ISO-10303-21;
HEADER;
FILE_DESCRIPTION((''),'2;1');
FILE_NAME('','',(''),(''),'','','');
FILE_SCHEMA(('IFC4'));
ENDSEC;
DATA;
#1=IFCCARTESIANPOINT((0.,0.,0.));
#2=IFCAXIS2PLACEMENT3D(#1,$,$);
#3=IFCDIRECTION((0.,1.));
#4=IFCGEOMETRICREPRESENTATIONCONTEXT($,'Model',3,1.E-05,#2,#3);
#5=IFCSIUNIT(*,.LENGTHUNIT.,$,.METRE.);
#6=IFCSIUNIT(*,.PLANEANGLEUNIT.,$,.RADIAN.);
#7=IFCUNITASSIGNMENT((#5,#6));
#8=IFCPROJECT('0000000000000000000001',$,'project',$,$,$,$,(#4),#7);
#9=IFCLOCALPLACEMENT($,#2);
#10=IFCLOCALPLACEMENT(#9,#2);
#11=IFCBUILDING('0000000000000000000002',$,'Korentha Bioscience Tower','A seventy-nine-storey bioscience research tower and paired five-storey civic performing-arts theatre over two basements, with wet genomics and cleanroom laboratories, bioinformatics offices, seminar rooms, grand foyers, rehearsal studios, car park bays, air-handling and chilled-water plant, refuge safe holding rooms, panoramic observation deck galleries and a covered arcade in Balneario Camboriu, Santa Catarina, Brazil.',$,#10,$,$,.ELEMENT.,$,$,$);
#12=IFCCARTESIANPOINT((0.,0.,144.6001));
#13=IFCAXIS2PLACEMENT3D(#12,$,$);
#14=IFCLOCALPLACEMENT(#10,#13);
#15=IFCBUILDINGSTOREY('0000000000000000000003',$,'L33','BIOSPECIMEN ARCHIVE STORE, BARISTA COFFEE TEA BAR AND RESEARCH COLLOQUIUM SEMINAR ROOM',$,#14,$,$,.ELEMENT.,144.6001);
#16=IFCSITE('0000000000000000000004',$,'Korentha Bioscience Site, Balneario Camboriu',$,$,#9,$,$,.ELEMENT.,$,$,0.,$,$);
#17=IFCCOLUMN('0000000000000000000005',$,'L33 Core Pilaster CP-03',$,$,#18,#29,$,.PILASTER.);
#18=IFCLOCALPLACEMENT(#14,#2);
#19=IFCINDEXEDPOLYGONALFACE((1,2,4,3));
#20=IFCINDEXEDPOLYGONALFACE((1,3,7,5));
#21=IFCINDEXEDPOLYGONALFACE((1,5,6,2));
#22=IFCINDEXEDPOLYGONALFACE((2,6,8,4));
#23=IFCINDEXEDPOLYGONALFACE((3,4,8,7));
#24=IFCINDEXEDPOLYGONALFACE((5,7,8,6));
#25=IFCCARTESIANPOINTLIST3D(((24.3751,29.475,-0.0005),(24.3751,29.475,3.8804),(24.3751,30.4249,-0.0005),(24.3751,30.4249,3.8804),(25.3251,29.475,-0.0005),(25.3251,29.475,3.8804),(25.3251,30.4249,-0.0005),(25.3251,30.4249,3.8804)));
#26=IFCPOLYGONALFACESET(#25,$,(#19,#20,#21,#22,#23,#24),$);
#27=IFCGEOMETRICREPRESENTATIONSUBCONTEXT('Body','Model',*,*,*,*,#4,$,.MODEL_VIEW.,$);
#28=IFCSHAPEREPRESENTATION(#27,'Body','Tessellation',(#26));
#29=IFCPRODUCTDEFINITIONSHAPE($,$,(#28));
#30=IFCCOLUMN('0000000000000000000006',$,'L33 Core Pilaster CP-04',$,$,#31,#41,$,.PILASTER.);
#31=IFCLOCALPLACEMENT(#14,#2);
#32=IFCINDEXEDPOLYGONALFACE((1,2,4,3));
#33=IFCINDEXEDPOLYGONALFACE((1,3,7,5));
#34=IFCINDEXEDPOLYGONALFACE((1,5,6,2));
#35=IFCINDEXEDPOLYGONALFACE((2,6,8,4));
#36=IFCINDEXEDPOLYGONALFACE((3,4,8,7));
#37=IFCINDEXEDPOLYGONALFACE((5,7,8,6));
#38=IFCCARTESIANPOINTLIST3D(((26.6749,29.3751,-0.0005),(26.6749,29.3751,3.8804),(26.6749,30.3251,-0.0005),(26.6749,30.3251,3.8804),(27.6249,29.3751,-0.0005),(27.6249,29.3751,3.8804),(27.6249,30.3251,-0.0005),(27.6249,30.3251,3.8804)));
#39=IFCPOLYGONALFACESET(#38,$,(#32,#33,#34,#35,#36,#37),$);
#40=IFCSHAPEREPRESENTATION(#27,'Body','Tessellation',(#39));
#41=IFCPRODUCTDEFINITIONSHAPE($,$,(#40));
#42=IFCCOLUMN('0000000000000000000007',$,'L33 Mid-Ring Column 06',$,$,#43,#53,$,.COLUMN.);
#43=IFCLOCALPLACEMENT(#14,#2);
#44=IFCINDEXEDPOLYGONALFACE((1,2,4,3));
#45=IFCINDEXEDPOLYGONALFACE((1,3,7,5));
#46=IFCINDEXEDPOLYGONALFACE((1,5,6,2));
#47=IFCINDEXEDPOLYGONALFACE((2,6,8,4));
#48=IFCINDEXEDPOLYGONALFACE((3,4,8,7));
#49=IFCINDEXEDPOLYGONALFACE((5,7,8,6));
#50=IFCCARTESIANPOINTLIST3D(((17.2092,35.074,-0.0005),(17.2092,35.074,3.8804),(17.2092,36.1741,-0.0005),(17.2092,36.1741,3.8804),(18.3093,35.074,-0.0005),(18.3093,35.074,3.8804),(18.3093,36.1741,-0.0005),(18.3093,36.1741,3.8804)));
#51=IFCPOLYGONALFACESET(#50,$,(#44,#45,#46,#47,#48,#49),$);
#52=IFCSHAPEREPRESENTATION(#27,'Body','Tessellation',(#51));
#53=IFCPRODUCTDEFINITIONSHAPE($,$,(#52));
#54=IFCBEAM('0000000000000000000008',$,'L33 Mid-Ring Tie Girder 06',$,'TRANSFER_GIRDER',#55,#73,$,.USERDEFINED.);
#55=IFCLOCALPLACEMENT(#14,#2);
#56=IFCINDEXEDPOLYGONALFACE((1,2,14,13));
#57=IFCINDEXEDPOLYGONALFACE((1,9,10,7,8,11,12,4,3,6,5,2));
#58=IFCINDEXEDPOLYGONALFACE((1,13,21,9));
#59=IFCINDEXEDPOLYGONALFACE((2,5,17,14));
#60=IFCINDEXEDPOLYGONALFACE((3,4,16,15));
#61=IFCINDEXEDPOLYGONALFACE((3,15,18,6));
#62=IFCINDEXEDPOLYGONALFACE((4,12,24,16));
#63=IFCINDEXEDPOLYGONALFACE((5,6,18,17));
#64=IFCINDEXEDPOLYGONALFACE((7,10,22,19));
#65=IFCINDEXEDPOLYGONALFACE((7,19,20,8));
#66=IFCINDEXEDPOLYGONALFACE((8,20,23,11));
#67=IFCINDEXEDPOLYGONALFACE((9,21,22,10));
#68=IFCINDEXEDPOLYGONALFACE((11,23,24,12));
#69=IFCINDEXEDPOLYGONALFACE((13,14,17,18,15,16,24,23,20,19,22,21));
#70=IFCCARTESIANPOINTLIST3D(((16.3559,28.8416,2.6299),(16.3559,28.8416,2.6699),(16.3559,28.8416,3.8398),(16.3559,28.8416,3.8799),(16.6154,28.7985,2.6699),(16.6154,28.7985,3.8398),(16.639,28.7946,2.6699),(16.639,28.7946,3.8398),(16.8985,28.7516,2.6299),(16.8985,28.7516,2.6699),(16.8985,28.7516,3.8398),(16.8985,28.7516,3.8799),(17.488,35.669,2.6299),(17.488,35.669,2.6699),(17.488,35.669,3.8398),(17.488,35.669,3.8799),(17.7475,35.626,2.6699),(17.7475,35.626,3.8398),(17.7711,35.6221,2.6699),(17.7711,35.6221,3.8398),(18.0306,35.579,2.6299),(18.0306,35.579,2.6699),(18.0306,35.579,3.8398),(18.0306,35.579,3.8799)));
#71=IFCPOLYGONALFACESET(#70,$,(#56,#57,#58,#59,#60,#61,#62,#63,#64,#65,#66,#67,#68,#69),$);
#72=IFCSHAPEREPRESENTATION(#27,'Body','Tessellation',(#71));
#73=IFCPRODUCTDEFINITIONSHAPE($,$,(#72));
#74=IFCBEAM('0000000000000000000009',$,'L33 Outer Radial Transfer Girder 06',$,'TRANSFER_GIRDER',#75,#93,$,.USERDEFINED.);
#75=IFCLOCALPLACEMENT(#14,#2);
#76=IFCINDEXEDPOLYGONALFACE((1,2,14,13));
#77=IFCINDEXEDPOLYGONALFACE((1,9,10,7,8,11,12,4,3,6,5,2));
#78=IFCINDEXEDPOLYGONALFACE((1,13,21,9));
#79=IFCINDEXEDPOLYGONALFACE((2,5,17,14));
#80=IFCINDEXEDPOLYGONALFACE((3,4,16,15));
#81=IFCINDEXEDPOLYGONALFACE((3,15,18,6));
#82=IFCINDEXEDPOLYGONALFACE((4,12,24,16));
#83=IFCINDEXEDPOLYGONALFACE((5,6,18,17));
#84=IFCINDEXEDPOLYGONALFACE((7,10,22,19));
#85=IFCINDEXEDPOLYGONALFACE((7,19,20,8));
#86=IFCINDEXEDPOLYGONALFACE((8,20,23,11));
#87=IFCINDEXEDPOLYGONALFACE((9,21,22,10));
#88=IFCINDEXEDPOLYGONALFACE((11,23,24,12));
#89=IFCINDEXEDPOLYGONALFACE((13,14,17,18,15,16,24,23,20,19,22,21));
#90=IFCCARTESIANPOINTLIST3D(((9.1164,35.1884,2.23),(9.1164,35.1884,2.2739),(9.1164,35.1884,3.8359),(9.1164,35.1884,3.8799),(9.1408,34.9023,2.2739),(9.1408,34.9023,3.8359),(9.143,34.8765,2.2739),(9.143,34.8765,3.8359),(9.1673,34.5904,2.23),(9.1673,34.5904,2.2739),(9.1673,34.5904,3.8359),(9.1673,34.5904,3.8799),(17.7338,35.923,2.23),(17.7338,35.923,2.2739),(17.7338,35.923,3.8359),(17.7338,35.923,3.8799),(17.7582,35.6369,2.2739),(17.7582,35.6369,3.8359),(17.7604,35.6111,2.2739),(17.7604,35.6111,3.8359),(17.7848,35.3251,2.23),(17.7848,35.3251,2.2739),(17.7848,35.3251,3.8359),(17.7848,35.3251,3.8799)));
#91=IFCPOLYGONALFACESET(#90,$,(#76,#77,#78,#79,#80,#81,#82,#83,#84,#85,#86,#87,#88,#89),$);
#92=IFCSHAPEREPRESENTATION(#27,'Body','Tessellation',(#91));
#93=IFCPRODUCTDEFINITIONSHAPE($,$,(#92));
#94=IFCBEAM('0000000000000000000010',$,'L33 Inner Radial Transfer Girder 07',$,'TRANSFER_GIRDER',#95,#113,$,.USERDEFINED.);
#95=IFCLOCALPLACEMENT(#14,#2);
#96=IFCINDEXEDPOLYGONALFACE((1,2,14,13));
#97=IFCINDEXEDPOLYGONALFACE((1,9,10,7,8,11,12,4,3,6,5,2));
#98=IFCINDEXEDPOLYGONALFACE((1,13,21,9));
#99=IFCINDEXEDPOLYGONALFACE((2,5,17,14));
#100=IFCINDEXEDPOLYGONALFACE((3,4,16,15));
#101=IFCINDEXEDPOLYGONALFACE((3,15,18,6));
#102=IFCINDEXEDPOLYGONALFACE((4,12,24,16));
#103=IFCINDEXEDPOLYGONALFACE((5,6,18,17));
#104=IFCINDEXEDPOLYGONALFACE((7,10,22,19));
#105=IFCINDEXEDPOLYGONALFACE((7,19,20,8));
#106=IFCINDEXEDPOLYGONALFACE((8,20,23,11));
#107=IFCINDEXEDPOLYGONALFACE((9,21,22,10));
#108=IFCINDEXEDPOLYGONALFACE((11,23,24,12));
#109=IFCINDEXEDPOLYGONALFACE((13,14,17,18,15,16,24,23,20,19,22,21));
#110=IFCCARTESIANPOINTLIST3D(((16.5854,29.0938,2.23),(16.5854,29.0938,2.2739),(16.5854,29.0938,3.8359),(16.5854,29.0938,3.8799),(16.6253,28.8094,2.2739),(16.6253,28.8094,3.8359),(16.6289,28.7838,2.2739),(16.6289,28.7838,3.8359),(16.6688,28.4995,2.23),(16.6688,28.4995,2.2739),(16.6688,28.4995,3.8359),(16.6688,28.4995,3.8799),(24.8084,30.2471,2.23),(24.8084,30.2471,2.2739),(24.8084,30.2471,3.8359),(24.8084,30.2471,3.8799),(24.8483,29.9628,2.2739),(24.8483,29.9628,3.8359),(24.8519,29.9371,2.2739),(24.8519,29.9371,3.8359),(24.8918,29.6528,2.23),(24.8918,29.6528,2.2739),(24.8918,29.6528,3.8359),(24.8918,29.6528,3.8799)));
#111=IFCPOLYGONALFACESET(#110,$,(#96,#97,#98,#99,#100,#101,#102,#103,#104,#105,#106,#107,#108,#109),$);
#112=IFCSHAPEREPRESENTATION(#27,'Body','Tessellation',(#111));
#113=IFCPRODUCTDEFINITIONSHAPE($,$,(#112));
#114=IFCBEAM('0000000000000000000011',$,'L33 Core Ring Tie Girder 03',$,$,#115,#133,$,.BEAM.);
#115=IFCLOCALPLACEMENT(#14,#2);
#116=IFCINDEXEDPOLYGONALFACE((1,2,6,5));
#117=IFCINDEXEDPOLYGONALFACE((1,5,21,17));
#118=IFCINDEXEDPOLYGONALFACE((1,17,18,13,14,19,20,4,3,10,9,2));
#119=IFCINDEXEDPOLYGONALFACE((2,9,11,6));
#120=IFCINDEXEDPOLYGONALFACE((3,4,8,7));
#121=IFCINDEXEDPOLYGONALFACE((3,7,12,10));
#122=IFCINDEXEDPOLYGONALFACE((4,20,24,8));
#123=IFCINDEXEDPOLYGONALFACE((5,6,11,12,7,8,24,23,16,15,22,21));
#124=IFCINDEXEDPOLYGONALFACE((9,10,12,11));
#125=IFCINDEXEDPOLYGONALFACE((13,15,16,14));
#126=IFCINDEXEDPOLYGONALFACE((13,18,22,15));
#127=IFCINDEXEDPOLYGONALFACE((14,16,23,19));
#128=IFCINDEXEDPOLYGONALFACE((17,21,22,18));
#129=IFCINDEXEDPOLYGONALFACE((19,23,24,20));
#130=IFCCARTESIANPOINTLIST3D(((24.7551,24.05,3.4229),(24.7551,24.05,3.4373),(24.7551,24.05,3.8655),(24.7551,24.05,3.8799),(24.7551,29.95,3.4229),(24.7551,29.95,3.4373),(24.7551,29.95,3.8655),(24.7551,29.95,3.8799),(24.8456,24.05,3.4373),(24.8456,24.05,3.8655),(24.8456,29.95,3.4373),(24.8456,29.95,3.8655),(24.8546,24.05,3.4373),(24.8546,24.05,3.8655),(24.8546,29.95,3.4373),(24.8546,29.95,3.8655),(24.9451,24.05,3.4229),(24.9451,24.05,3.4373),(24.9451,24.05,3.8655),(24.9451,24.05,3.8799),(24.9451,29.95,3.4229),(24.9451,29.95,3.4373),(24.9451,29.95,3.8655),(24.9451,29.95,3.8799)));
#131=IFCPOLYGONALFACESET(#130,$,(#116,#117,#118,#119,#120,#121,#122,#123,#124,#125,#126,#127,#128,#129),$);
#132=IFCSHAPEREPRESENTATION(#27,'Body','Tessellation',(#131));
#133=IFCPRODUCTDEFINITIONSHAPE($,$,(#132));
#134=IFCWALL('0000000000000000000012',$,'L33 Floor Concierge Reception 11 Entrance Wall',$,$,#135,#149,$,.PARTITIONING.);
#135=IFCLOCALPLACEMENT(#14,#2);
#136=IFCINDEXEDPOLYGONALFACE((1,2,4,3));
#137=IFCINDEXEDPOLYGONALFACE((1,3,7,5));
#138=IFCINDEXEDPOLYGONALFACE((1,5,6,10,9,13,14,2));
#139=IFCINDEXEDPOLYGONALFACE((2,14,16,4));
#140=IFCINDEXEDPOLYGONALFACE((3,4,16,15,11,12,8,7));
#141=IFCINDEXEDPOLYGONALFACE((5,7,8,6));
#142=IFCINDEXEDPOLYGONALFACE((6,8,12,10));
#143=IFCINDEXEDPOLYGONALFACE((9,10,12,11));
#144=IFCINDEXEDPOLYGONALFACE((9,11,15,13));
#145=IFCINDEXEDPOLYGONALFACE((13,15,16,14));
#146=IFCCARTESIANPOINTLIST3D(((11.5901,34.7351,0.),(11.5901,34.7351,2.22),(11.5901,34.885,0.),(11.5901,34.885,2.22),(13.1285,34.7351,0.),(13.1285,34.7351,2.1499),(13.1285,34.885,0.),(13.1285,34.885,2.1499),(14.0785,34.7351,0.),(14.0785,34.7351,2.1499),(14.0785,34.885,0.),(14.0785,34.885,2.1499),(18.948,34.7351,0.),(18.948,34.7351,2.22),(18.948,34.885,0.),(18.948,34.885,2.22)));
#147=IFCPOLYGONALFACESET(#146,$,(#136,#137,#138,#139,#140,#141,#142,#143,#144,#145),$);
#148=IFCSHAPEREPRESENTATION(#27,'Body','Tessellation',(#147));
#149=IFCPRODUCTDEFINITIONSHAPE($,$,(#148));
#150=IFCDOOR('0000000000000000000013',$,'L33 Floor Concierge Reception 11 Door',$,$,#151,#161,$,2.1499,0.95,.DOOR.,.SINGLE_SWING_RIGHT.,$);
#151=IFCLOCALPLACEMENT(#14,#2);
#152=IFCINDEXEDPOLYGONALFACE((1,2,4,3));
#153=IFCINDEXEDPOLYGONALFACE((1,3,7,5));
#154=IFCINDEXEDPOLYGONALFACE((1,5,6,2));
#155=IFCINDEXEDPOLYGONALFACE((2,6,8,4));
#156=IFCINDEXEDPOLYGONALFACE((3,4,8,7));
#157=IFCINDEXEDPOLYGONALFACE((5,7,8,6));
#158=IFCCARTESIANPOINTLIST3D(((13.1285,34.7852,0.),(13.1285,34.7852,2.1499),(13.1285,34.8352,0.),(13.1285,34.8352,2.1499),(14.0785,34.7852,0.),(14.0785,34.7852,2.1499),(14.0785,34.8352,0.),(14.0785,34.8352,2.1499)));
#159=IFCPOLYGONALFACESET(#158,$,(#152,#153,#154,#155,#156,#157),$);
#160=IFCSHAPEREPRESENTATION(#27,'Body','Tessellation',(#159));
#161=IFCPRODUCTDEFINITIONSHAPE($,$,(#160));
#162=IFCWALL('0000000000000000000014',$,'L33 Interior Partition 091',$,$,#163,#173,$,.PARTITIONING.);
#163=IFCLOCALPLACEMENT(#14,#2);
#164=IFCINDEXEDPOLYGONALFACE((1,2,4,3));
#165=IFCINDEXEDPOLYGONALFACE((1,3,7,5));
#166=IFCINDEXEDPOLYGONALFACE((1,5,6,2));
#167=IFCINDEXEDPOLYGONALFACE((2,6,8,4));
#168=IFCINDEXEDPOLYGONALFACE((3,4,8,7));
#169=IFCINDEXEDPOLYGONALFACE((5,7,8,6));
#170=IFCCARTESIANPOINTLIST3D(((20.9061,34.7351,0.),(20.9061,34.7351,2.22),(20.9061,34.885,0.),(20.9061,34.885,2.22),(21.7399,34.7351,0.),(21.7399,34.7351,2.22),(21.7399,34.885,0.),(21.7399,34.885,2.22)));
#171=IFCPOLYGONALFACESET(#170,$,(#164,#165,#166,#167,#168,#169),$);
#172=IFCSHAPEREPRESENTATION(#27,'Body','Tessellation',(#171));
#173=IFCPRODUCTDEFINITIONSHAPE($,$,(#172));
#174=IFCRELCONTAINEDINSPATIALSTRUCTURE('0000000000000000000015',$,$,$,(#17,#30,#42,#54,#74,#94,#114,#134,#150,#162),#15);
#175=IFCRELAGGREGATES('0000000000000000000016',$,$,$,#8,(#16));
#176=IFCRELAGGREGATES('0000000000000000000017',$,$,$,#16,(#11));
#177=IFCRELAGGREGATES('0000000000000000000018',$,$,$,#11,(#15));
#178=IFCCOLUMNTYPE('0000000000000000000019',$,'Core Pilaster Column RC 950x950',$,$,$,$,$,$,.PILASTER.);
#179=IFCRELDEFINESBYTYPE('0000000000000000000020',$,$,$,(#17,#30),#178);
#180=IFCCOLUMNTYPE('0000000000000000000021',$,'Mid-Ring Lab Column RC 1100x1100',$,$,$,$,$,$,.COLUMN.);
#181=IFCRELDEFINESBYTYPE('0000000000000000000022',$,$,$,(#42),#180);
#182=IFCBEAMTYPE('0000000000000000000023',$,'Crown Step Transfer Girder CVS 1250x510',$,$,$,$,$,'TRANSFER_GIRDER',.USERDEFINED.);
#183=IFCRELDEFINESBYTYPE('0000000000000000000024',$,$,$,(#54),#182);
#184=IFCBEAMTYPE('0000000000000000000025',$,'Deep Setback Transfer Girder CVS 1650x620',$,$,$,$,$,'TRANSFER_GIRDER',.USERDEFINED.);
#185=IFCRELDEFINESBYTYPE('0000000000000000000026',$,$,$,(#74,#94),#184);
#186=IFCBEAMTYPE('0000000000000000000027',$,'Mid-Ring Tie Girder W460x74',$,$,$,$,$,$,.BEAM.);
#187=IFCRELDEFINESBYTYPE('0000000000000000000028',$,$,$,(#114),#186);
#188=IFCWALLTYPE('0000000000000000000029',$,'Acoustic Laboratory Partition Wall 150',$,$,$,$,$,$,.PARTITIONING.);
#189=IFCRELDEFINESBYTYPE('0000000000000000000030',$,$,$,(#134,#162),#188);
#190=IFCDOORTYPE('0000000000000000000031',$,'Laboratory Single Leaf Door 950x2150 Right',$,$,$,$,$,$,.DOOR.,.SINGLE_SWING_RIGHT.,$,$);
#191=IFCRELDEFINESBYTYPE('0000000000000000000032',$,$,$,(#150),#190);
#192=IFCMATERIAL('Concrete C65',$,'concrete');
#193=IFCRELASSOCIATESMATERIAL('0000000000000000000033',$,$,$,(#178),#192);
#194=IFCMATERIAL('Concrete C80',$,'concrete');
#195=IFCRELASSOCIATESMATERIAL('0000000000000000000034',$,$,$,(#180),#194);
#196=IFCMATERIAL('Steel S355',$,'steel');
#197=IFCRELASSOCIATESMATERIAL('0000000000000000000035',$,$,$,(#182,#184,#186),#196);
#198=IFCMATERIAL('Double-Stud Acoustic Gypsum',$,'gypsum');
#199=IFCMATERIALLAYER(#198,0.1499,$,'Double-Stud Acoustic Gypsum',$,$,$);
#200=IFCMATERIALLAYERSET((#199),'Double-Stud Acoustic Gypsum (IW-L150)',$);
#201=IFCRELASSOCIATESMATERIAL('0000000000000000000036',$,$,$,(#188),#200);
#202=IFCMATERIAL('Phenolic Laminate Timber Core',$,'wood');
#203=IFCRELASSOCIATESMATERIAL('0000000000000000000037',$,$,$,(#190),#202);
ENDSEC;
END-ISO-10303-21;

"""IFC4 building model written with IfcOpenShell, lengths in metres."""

from ifc_helpers import new_model, si_unit, direction, frame, frame_2d, origin, origin_2d, place, context, subcontext, project, spatial, rectangle, i_section, extrude, material, layer, layer_set, material_profile, profile_set, type_object, element, fill, save


model = new_model("IFC4")

# Units and contexts
model_context = context("Model", 3, precision=1e-05, world=origin(), true_north=direction((0.0, 1.0)))
body_context = subcontext(model_context, "Body", "Model", "MODEL_VIEW")
ifc_project = project(units=[si_unit("LENGTHUNIT", "METRE"), si_unit("PLANEANGLEUNIT", "RADIAN")], contexts=[model_context])

# Site, building, storey
site_placement = place(None, origin())
site = spatial("IfcSite", under=ifc_project, at=site_placement, Name="Korentha Bioscience Site, Balneario Camboriu", CompositionType="ELEMENT", RefElevation=0.0)
building_placement = place(site_placement, origin())
building = spatial("IfcBuilding", under=site, at=building_placement, Name="Korentha Bioscience Tower", Description="A seventy-nine-storey bioscience research tower and paired five-storey civic performing-arts theatre over two basements, with wet genomics and cleanroom laboratories, bioinformatics offices, seminar rooms, grand foyers, rehearsal studios, car park bays, air-handling and chilled-water plant, refuge safe holding rooms, panoramic observation deck galleries and a covered arcade in Balneario Camboriu, Santa Catarina, Brazil.", CompositionType="ELEMENT")
storey_placement = place(building_placement, frame((0.0, 0.0, 144.6001)))
storey = spatial("IfcBuildingStorey", under=building, at=storey_placement, Name="L33", Description="BIOSPECIMEN ARCHIVE STORE, BARISTA COFFEE TEA BAR AND RESEARCH COLLOQUIUM SEMINAR ROOM", CompositionType="ELEMENT", Elevation=144.6001)

# Columns
ifc_material_1 = material(Name="Concrete C65", Category="concrete")
ifc_material_profile_1 = material_profile(ifc_material_1, rectangle(XDim=0.95, YDim=0.95, at=origin_2d()), Name="Concrete C65")
ifc_profile_set_1 = profile_set([ifc_material_profile_1], Name="Concrete C65 (COL-CP09)")
column_type_1 = type_object("IfcColumnType", Name="Core Pilaster Column RC 950x950", PredefinedType="PILASTER", material=ifc_profile_set_1)
for number, where, z_axis, x_axis, name in (
    (1, (24.8501, 29.95, -0.0005), (0.0, 0.0, 1.0), (1.0, 0.0, 0.0), "L33 Core Pilaster CP-03"),
    (2, (27.1499, 29.8501, -0.0005), (0.0, 0.0, 1.0), (1.0, 0.0, 0.0), "L33 Core Pilaster CP-04"),
):
    element("IfcColumn", number, at=place(storey_placement, frame(where, z_axis=z_axis, x_axis=x_axis)), inside=storey, type_object=column_type_1, Name=name, PredefinedType="PILASTER", context=body_context, shape_type="SweptSolid", body=[
        extrude(rectangle(XDim=0.95, YDim=0.95, at=origin_2d()), origin(), (0.0, 0.0, 1.0), 3.8809),
    ])
ifc_material_2 = material(Name="Concrete C80", Category="concrete")
ifc_material_profile_2 = material_profile(ifc_material_2, rectangle(XDim=1.1001, YDim=1.1001, at=origin_2d()), Name="Concrete C80")
ifc_profile_set_2 = profile_set([ifc_material_profile_2], Name="Concrete C80 (COL-MR11)")
column_type_2 = type_object("IfcColumnType", Name="Mid-Ring Lab Column RC 1100x1100", PredefinedType="COLUMN", material=ifc_profile_set_2)
column_placement = place(storey_placement, frame((17.7593, 35.624, -0.0005), z_axis=(0.0, 0.0, 1.0), x_axis=(1.0, 0.0, 0.0)))
element("IfcColumn", 3, at=column_placement, inside=storey, type_object=column_type_2, Name="L33 Mid-Ring Column 06", PredefinedType="COLUMN", context=body_context, shape_type="SweptSolid", body=[
    extrude(rectangle(XDim=1.1001, YDim=1.1001, at=origin_2d()), origin(), (0.0, 0.0, 1.0), 3.8809),
])

# Beams
ifc_material_3 = material(Name="Steel S355", Category="steel")
ifc_material_profile_3 = material_profile(ifc_material_3, i_section(OverallWidth=0.55, OverallDepth=1.25, WebThickness=0.0239, FlangeThickness=0.04, at=origin_2d()), Name="Steel S355")
ifc_profile_set_3 = profile_set([ifc_material_profile_3], Name="Steel S355 (TG-03)")
beam_type_1 = type_object("IfcBeamType", Name="Crown Step Transfer Girder CVS 1250x510", ElementType="TRANSFER_GIRDER", PredefinedType="USERDEFINED", material=ifc_profile_set_3)
beam_1_placement = place(storey_placement, frame((17.7593, 35.624, 3.2549), z_axis=(-0.163581, -0.98653, 0.0), x_axis=(0.98653, -0.163581, 0.0)))
element("IfcBeam", 4, at=beam_1_placement, inside=storey, type_object=beam_type_1, Name="L33 Mid-Ring Tie Girder 06", ObjectType="TRANSFER_GIRDER", PredefinedType="USERDEFINED", context=body_context, shape_type="SweptSolid", body=[
    extrude(i_section(OverallWidth=0.55, OverallDepth=1.25, WebThickness=0.0239, FlangeThickness=0.04, at=origin_2d()), origin(), (0.0, 0.0, 1.0), 6.9207),
])
ifc_material_profile_4 = material_profile(ifc_material_3, i_section(OverallWidth=0.6001, OverallDepth=1.6499, WebThickness=0.0259, FlangeThickness=0.0439, at=origin_2d()), Name="Steel S355")
ifc_profile_set_4 = profile_set([ifc_material_profile_4], Name="Steel S355 (TG-04)")
beam_type_2 = type_object("IfcBeamType", Name="Deep Setback Transfer Girder CVS 1650x620", ElementType="TRANSFER_GIRDER", PredefinedType="USERDEFINED", material=ifc_profile_set_4)
beam_2_placement = place(storey_placement, frame((17.7593, 35.624, 3.0549), z_axis=(-0.996386, -0.08494, 0.0), x_axis=(0.08494, -0.996386, 0.0)))
element("IfcBeam", 5, at=beam_2_placement, inside=storey, type_object=beam_type_2, Name="L33 Outer Radial Transfer Girder 06", ObjectType="TRANSFER_GIRDER", PredefinedType="USERDEFINED", context=body_context, shape_type="SweptSolid", body=[
    extrude(i_section(OverallWidth=0.6001, OverallDepth=1.6499, WebThickness=0.0259, FlangeThickness=0.0439, at=origin_2d()), origin(), (0.0, 0.0, 1.0), 8.6487),
])
beam_3_placement = place(storey_placement, frame((24.8501, 29.95, 3.0549), z_axis=(-0.990307, -0.138898, 0.0), x_axis=(0.138898, -0.990307, 0.0)))
element("IfcBeam", 6, at=beam_3_placement, inside=storey, type_object=beam_type_2, Name="L33 Inner Radial Transfer Girder 07", ObjectType="TRANSFER_GIRDER", PredefinedType="USERDEFINED", context=body_context, shape_type="SweptSolid", body=[
    extrude(i_section(OverallWidth=0.6001, OverallDepth=1.6499, WebThickness=0.0259, FlangeThickness=0.0439, at=origin_2d()), origin(), (0.0, 0.0, 1.0), 8.3035),
])
ifc_material_profile_5 = material_profile(ifc_material_3, i_section(OverallWidth=0.1899, OverallDepth=0.457, WebThickness=0.009, FlangeThickness=0.0144, at=origin_2d()), Name="Steel S355")
ifc_profile_set_5 = profile_set([ifc_material_profile_5], Name="Steel S355 (MB-460)")
beam_type_3 = type_object("IfcBeamType", Name="Mid-Ring Tie Girder W460x74", PredefinedType="BEAM", material=ifc_profile_set_5)
beam_4_placement = place(storey_placement, frame((24.8501, 29.95, 3.6514), z_axis=(0.0, -1.0, 0.0), x_axis=(1.0, 0.0, 0.0)))
element("IfcBeam", 7, at=beam_4_placement, inside=storey, type_object=beam_type_3, Name="L33 Core Ring Tie Girder 03", PredefinedType="BEAM", context=body_context, shape_type="SweptSolid", body=[
    extrude(i_section(OverallWidth=0.1899, OverallDepth=0.457, WebThickness=0.009, FlangeThickness=0.0144, at=origin_2d()), origin(), (0.0, 0.0, 1.0), 5.8999),
])

# Wall, opening, door
ifc_material_4 = material(Name="Double-Stud Acoustic Gypsum", Category="gypsum")
ifc_layer_1 = layer(ifc_material_4, 0.1499, Name="Double-Stud Acoustic Gypsum")
ifc_layer_set_1 = layer_set([ifc_layer_1], Name="Double-Stud Acoustic Gypsum (IW-L150)")
wall_type_1 = type_object("IfcWallType", Name="Acoustic Laboratory Partition Wall 150", PredefinedType="PARTITIONING", material=ifc_layer_set_1)
wall_1_placement = place(storey_placement, frame((18.948, 34.8101, 0.0), z_axis=(0.0, 0.0, 1.0), x_axis=(-1.0, 0.0, 0.0)))
wall_1 = element("IfcWall", 8, at=wall_1_placement, inside=storey, type_object=wall_type_1, Name="L33 Floor Concierge Reception 11 Entrance Wall", PredefinedType="PARTITIONING", context=body_context, shape_type="SweptSolid", body=[
    extrude(rectangle(XDim=7.3579, YDim=0.1499, at=frame_2d((3.679, 0.0))), origin(), (0.0, 0.0, 1.0), 2.22),
])
opening_1_placement = place(wall_1_placement, frame((4.8694, 0.0, 0.0)))
opening_1 = element("IfcOpeningElement", 9, at=opening_1_placement, cuts=wall_1, PredefinedType="OPENING", context=body_context, shape_type="SweptSolid", body=[
    extrude(rectangle(XDim=0.95, YDim=2.1499, at=frame_2d((0.4751, 1.075))), frame((0.0, 0.0898, 0.0), z_axis=(0.0, -1.0, 0.0), x_axis=(1.0, 0.0, 0.0)), (0.0, 0.0, 1.0), 0.1797),
])
ifc_material_5 = material(Name="Phenolic Laminate Timber Core", Category="wood")
door_type_1 = type_object("IfcDoorType", Name="Laboratory Single Leaf Door 950x2150 Right", OperationType="SINGLE_SWING_RIGHT", PredefinedType="DOOR", material=ifc_material_5)
door_1_placement = place(opening_1_placement, origin())
door_1 = element("IfcDoor", 10, at=door_1_placement, inside=storey, type_object=door_type_1, Name="L33 Floor Concierge Reception 11 Door", OperationType="SINGLE_SWING_RIGHT", OverallHeight=2.1499, OverallWidth=0.95, PredefinedType="DOOR", context=body_context, shape_type="SweptSolid", body=[
    extrude(rectangle(XDim=0.95, YDim=2.1499, at=frame_2d((0.4751, 1.075))), frame((0.0, 0.0249, 0.0), z_axis=(0.0, -1.0, 0.0), x_axis=(1.0, 0.0, 0.0)), (0.0, 0.0, 1.0), 0.05),
])
fill(opening_1, door_1)

# Wall
wall_2_placement = place(storey_placement, frame((21.74, 34.8101, 0.0), z_axis=(0.0, 0.0, 1.0), x_axis=(-1.0, 0.0, 0.0)))
element("IfcWall", 11, at=wall_2_placement, inside=storey, type_object=wall_type_1, Name="L33 Interior Partition 091", PredefinedType="PARTITIONING", context=body_context, shape_type="SweptSolid", body=[
    extrude(rectangle(XDim=0.8337, YDim=0.1499, at=frame_2d((0.417, 0.0))), origin(), (0.0, 0.0, 1.0), 2.22),
])

save(model, "model.ifc")
